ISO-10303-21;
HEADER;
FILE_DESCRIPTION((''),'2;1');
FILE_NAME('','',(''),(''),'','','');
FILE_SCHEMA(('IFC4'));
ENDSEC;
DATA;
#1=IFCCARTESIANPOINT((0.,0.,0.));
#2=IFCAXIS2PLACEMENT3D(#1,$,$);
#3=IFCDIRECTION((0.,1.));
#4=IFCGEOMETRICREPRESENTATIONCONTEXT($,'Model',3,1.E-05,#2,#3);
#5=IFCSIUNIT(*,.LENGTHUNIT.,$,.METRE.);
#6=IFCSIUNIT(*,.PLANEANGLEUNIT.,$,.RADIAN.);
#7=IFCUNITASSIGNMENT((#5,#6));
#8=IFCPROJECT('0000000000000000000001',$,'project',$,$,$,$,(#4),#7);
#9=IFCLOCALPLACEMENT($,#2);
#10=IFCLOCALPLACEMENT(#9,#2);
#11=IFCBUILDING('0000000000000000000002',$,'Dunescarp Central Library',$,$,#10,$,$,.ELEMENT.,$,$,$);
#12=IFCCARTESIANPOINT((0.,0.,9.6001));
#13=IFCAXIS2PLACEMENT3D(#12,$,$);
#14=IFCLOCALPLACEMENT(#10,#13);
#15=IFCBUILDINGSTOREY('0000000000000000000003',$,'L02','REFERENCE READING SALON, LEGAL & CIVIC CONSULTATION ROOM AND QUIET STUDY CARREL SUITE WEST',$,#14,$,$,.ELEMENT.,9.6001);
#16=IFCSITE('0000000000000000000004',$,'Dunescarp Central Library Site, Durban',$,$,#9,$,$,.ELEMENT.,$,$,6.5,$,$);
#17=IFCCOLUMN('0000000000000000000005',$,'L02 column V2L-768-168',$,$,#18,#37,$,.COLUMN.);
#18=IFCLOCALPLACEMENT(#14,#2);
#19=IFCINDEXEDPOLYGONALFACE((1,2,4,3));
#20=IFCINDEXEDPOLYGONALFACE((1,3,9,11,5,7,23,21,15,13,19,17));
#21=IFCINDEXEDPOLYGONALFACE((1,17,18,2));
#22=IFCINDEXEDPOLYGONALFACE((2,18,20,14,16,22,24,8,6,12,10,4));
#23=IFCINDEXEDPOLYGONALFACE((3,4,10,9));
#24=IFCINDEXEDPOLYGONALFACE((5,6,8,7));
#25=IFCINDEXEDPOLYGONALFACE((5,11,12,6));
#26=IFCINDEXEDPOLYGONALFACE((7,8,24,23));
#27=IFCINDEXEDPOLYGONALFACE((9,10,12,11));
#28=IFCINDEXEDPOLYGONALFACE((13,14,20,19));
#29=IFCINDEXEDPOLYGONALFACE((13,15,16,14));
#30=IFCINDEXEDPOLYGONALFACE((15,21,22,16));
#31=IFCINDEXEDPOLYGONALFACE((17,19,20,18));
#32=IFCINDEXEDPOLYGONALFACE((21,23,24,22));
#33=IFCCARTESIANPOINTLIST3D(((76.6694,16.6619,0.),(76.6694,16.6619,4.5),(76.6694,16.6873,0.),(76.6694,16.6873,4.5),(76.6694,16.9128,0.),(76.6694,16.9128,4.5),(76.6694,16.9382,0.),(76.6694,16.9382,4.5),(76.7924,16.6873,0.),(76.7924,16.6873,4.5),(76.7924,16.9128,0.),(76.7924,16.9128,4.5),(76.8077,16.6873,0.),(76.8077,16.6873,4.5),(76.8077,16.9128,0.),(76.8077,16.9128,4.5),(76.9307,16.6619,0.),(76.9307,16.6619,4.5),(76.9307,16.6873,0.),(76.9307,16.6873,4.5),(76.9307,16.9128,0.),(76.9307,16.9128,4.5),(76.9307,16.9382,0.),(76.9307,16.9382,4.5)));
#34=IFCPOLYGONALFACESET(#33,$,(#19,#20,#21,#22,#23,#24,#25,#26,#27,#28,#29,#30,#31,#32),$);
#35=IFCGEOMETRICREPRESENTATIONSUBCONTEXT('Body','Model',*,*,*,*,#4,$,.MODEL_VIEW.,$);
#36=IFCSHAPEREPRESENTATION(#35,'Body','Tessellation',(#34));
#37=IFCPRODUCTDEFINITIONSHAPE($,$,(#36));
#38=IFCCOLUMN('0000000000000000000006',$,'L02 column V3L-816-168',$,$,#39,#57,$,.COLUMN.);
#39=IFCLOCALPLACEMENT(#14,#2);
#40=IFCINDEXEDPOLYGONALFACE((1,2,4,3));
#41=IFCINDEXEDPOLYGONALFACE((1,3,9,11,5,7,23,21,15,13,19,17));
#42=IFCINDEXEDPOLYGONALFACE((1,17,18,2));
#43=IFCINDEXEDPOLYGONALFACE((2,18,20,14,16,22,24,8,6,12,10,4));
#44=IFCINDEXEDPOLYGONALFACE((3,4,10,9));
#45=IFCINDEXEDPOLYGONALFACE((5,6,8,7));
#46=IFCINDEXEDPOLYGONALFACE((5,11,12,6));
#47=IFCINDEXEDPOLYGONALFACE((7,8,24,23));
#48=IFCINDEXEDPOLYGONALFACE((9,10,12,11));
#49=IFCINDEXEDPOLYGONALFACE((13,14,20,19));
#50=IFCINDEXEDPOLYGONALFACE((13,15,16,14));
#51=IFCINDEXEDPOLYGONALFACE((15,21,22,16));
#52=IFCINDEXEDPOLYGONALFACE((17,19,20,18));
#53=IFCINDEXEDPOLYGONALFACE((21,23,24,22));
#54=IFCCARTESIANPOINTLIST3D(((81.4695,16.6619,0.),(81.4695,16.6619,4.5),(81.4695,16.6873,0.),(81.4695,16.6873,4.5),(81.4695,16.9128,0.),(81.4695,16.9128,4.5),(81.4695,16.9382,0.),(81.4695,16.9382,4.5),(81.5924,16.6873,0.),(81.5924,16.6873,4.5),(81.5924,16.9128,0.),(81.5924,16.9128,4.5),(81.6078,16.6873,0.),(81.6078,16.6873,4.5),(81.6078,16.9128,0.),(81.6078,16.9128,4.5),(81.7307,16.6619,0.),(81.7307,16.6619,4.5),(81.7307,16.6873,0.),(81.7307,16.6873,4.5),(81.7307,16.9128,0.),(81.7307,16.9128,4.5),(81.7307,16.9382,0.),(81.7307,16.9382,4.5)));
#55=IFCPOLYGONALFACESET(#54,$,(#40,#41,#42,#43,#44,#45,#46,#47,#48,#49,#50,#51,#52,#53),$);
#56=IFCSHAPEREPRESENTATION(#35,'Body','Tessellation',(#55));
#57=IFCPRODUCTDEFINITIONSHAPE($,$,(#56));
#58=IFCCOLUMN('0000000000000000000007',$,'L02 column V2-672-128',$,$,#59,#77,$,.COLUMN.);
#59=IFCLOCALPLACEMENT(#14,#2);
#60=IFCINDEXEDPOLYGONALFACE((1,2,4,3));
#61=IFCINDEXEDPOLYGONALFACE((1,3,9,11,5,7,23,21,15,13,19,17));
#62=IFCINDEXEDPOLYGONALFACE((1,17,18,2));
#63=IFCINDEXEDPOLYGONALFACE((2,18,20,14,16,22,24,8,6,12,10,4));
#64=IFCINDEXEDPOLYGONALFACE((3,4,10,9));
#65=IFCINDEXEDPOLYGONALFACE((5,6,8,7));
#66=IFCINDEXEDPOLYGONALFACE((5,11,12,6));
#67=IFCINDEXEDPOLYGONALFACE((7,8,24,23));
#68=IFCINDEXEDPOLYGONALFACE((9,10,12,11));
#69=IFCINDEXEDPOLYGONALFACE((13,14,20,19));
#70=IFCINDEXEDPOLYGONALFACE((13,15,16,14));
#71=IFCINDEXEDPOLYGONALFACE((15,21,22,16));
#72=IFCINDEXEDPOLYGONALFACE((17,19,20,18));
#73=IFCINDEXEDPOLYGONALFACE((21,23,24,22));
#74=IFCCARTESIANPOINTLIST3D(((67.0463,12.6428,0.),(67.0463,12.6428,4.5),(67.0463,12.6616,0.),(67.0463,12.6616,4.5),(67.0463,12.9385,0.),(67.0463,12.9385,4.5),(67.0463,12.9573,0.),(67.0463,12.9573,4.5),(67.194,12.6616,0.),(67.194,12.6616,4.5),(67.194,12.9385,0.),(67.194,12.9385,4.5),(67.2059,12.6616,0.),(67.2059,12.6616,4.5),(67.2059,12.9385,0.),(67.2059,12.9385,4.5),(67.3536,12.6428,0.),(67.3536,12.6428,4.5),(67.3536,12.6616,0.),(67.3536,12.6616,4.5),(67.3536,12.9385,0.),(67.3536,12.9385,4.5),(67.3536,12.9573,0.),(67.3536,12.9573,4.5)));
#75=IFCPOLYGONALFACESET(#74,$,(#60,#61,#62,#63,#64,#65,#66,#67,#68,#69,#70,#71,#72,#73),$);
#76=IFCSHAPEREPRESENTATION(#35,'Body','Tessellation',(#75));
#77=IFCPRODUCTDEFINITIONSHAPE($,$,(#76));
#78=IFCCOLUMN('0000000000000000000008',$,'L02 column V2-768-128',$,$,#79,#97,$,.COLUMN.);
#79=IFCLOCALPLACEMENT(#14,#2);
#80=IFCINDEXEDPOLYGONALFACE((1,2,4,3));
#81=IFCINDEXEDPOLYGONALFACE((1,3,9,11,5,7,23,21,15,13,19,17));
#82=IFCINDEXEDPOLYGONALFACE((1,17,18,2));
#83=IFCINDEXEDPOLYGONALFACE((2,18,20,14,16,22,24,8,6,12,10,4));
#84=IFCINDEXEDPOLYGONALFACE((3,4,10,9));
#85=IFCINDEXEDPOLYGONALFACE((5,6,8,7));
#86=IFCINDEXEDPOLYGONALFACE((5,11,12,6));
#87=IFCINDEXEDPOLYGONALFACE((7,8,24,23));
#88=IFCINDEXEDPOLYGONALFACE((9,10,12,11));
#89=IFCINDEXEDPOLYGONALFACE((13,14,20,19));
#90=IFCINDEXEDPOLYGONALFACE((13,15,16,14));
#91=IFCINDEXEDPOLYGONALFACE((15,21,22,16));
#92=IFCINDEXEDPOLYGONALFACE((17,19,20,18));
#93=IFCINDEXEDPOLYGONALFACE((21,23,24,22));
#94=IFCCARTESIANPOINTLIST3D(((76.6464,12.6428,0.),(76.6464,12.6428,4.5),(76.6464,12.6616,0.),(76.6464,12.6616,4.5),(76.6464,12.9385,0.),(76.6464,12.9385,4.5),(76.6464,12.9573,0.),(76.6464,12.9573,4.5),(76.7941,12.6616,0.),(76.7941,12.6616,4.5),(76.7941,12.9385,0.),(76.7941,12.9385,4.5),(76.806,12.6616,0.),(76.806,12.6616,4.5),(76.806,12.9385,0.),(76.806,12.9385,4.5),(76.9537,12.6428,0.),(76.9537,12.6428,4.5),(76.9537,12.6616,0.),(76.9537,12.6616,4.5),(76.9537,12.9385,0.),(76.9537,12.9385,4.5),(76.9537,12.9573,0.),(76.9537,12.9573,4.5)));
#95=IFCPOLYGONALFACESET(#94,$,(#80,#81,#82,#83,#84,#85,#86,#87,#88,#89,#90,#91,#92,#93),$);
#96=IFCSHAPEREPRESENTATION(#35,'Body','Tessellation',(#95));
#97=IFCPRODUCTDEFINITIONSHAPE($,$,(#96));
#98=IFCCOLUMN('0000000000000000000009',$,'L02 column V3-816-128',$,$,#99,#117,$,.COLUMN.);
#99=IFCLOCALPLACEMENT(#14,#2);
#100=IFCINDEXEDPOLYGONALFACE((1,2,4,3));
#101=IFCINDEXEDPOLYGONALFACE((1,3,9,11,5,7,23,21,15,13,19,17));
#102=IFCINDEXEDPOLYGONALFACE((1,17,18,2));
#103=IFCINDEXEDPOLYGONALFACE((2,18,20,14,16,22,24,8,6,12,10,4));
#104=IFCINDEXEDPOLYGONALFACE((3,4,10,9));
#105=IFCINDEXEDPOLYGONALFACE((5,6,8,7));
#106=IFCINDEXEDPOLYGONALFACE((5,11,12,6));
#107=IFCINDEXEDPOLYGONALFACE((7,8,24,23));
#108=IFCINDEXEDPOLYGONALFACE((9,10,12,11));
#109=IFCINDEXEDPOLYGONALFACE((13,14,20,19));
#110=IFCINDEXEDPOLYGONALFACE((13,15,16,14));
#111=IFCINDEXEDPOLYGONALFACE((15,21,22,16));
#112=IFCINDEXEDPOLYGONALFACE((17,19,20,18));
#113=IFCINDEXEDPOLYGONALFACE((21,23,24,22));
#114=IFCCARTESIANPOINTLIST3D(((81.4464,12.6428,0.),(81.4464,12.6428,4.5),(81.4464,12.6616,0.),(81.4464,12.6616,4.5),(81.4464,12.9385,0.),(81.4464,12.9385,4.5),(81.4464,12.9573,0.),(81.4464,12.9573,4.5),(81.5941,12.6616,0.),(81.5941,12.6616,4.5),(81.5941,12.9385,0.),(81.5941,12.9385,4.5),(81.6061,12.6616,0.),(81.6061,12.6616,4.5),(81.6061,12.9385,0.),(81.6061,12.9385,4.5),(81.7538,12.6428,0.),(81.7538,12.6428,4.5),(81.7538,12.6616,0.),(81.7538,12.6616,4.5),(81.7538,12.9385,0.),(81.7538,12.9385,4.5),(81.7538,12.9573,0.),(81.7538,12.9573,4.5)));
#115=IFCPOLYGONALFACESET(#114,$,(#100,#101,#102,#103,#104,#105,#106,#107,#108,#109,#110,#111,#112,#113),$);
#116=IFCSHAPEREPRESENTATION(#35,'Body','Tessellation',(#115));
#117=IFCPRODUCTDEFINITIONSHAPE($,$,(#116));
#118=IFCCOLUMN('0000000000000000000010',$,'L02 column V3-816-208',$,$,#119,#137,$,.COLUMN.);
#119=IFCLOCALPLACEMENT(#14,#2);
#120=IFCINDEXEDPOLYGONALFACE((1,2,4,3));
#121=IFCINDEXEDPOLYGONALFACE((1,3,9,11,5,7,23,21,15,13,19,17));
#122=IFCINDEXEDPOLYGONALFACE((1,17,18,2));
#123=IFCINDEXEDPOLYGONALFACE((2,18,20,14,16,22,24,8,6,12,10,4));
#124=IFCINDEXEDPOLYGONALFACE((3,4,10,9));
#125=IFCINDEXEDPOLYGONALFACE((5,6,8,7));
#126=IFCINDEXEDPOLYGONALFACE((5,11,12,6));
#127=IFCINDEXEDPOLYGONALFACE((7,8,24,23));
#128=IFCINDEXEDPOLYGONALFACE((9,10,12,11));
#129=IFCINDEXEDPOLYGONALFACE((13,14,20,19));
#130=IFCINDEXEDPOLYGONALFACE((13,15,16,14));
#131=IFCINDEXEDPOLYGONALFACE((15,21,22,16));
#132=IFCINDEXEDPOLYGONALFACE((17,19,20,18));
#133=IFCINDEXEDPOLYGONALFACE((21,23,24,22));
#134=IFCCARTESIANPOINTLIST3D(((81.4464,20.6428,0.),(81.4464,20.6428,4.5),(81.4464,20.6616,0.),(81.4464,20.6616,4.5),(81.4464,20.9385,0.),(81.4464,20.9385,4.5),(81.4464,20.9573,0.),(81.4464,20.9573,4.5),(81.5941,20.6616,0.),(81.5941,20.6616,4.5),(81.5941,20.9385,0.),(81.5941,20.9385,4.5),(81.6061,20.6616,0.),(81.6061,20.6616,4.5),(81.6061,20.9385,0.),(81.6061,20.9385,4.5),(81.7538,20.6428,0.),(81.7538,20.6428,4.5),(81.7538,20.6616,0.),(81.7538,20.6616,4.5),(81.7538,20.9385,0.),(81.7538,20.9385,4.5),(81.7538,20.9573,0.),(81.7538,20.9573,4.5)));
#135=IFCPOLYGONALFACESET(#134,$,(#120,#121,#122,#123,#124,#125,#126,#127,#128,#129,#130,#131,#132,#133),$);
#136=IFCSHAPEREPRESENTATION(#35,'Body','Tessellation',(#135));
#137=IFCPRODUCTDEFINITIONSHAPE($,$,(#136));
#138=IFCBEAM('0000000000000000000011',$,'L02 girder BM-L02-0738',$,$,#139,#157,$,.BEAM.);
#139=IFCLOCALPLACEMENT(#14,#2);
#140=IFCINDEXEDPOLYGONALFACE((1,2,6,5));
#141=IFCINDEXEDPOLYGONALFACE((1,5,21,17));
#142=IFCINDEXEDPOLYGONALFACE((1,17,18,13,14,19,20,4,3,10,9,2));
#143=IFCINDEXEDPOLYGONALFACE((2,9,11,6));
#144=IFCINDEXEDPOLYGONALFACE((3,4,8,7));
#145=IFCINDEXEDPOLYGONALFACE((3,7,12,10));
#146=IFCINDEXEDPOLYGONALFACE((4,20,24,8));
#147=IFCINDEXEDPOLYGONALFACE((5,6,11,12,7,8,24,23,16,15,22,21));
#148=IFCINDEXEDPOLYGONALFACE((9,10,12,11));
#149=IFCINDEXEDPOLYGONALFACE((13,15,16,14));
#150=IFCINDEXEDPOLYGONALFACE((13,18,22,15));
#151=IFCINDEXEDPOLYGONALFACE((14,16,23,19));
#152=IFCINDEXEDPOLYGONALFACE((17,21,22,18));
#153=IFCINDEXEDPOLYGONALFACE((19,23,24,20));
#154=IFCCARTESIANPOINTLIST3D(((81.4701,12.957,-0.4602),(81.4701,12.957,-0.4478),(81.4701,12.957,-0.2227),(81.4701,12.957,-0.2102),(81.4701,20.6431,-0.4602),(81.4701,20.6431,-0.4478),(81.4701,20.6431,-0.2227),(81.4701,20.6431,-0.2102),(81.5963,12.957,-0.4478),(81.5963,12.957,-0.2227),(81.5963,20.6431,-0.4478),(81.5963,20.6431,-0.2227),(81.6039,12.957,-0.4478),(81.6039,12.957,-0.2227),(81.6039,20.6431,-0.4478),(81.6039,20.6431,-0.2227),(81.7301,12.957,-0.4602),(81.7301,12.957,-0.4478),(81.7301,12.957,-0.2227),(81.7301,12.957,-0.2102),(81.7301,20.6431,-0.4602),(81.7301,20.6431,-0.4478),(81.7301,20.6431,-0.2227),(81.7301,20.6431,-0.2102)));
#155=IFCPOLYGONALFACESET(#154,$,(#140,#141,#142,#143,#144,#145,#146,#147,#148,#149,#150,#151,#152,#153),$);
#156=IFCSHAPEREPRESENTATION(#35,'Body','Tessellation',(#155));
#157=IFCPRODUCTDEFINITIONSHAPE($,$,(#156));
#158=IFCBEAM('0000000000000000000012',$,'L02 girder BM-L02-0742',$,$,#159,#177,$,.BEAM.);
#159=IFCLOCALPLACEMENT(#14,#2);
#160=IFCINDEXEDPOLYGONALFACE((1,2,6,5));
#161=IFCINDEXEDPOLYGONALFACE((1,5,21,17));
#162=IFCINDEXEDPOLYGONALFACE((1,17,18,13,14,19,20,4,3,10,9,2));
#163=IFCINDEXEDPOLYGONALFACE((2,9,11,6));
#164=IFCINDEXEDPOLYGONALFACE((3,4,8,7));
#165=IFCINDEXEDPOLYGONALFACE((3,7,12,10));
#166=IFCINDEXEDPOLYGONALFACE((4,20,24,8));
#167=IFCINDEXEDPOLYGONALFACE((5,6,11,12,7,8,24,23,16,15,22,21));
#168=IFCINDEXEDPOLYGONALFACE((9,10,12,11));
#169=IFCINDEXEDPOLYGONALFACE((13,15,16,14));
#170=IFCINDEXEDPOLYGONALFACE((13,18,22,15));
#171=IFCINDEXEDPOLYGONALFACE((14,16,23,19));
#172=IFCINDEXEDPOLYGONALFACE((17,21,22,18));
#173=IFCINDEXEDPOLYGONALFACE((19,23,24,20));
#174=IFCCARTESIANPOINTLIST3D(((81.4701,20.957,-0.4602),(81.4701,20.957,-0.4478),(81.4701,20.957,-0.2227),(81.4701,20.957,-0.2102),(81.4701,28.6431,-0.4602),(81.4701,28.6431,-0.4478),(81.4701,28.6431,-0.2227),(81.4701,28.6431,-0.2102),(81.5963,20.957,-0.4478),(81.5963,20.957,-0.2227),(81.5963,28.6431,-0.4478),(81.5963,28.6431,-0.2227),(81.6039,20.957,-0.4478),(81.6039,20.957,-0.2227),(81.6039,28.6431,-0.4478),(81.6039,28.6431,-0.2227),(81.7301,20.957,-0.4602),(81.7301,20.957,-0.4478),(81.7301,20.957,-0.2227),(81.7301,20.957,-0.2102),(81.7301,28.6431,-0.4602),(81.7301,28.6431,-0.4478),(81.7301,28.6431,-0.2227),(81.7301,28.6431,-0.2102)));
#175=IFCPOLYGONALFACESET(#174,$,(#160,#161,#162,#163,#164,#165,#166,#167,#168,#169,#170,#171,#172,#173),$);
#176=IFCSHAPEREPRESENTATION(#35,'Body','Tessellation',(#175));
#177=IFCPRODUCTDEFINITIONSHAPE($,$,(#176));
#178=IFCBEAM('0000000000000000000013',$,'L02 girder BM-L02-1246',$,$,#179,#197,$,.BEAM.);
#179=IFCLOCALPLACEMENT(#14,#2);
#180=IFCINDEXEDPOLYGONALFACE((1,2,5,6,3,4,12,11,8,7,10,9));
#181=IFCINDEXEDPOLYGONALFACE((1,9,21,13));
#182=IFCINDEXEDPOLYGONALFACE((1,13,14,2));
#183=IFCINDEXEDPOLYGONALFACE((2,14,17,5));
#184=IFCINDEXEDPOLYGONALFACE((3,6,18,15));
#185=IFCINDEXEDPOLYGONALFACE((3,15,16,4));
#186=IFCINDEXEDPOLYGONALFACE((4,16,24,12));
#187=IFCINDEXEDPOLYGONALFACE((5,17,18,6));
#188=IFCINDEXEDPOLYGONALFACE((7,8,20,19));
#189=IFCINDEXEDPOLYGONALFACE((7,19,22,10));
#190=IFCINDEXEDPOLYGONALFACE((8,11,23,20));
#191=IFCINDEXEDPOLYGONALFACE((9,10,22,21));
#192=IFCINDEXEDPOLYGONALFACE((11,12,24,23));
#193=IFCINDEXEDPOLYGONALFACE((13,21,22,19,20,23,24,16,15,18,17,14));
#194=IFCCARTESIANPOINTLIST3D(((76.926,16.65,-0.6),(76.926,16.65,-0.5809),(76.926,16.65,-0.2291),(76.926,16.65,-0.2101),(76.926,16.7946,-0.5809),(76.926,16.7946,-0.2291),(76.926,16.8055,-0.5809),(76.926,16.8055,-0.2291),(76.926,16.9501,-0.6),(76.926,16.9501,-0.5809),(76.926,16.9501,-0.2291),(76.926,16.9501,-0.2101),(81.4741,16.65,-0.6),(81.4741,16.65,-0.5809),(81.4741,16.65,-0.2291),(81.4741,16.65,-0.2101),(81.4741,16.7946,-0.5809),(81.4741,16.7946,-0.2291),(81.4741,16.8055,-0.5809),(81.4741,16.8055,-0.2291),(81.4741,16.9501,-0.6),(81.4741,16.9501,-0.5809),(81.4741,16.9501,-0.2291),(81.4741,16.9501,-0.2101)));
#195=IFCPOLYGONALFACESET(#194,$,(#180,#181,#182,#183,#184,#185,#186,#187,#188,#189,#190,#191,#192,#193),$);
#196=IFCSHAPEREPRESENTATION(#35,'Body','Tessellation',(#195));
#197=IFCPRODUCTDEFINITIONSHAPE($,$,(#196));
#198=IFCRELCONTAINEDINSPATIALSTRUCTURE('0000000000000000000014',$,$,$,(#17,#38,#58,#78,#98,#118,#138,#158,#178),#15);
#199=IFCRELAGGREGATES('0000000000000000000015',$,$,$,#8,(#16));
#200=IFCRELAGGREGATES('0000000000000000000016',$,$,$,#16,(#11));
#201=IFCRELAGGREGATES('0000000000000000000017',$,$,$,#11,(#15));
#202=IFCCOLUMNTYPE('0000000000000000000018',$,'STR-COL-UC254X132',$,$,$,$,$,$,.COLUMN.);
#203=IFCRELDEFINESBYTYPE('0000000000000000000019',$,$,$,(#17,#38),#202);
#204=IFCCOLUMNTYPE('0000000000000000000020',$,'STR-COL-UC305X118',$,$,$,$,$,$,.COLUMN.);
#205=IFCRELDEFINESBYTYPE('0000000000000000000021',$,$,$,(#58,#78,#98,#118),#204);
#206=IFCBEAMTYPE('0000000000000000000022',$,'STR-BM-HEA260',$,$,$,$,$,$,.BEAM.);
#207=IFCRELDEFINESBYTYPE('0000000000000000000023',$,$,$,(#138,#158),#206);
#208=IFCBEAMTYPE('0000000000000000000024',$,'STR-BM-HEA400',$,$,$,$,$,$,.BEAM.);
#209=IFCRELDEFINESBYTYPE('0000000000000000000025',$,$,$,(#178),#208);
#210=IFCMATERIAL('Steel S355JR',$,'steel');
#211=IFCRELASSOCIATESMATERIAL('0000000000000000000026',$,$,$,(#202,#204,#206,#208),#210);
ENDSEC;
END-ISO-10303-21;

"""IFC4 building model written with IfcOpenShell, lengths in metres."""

from ifc_helpers import new_model, si_unit, direction, frame, origin, origin_2d, place, context, subcontext, project, spatial, i_section, extrude, material, material_profile, profile_set, type_object, element, save


model = new_model("IFC4")

# Units and contexts
model_context = context("Model", 3, precision=1e-05, world=origin(), true_north=direction((0.0, 1.0)))
body_context = subcontext(model_context, "Body", "Model", "MODEL_VIEW")
ifc_project = project(units=[si_unit("LENGTHUNIT", "METRE"), si_unit("PLANEANGLEUNIT", "RADIAN")], contexts=[model_context])

# Site, building, storey
site_placement = place(None, origin())
site = spatial("IfcSite", under=ifc_project, at=site_placement, Name="Dunescarp Central Library Site, Durban", CompositionType="ELEMENT", RefElevation=6.5)
building_placement = place(site_placement, origin())
building = spatial("IfcBuilding", under=site, at=building_placement, Name="Dunescarp Central Library", CompositionType="ELEMENT")
storey_placement = place(building_placement, frame((0.0, 0.0, 9.6001)))
storey = spatial("IfcBuildingStorey", under=building, at=storey_placement, Name="L02", Description="REFERENCE READING SALON, LEGAL & CIVIC CONSULTATION ROOM AND QUIET STUDY CARREL SUITE WEST", CompositionType="ELEMENT", Elevation=9.6001)

# Columns
ifc_material_1 = material(Name="Steel S355JR", Category="steel")
ifc_material_profile_1 = material_profile(ifc_material_1, i_section(OverallWidth=0.2612, OverallDepth=0.2764, WebThickness=0.0154, FlangeThickness=0.0254, at=origin_2d()), Name="UC 254x254x132")
ifc_profile_set_1 = profile_set([ifc_material_profile_1], Name="Steel S355JR")
column_type_1 = type_object("IfcColumnType", Name="STR-COL-UC254X132", PredefinedType="COLUMN", material=ifc_profile_set_1)
for number, where, z_axis, x_axis, name in (
    (1, (76.8, 16.8, 0.0), (0.0, 0.0, 1.0), (1.0, 0.0, 0.0), "L02 column V2L-768-168"),
    (2, (81.6001, 16.8, 0.0), (0.0, 0.0, 1.0), (1.0, 0.0, 0.0), "L02 column V3L-816-168"),
):
    element("IfcColumn", number, at=place(storey_placement, frame(where, z_axis=z_axis, x_axis=x_axis)), inside=storey, type_object=column_type_1, Name=name, PredefinedType="COLUMN", context=body_context, shape_type="SweptSolid", body=[
        extrude(i_section(OverallWidth=0.2612, OverallDepth=0.2764, WebThickness=0.0154, FlangeThickness=0.0254, at=origin_2d()), origin(), (0.0, 0.0, 1.0), 4.5),
    ])
ifc_material_profile_2 = material_profile(ifc_material_1, i_section(OverallWidth=0.3074, OverallDepth=0.3145, WebThickness=0.012, FlangeThickness=0.0188, at=origin_2d()), Name="UC 305x305x118")
ifc_profile_set_2 = profile_set([ifc_material_profile_2], Name="Steel S355JR")
column_type_2 = type_object("IfcColumnType", Name="STR-COL-UC305X118", PredefinedType="COLUMN", material=ifc_profile_set_2)
for number, where, z_axis, x_axis, name in (
    (3, (67.2, 12.8, 0.0), (0.0, 0.0, 1.0), (1.0, 0.0, 0.0), "L02 column V2-672-128"),
    (4, (76.8, 12.8, 0.0), (0.0, 0.0, 1.0), (1.0, 0.0, 0.0), "L02 column V2-768-128"),
    (5, (81.6001, 12.8, 0.0), (0.0, 0.0, 1.0), (1.0, 0.0, 0.0), "L02 column V3-816-128"),
    (6, (81.6001, 20.8, 0.0), (0.0, 0.0, 1.0), (1.0, 0.0, 0.0), "L02 column V3-816-208"),
):
    element("IfcColumn", number, at=place(storey_placement, frame(where, z_axis=z_axis, x_axis=x_axis)), inside=storey, type_object=column_type_2, Name=name, PredefinedType="COLUMN", context=body_context, shape_type="SweptSolid", body=[
        extrude(i_section(OverallWidth=0.3074, OverallDepth=0.3145, WebThickness=0.012, FlangeThickness=0.0188, at=origin_2d()), origin(), (0.0, 0.0, 1.0), 4.5),
    ])

# Beams
ifc_material_profile_3 = material_profile(ifc_material_1, i_section(OverallWidth=0.26, OverallDepth=0.25, WebThickness=0.0076, FlangeThickness=0.0125, at=origin_2d()), Name="HEA 260")
ifc_profile_set_3 = profile_set([ifc_material_profile_3], Name="Steel S355JR")
beam_type_1 = type_object("IfcBeamType", Name="STR-BM-HEA260", PredefinedType="BEAM", material=ifc_profile_set_3)
for number, where, z_axis, x_axis, name in (
    (7, (81.6001, 12.957, -0.3352), (0.0, 1.0, 0.0), (-1.0, 0.0, 0.0), "L02 girder BM-L02-0738"),
    (8, (81.6001, 20.957, -0.3352), (0.0, 1.0, 0.0), (-1.0, 0.0, 0.0), "L02 girder BM-L02-0742"),
):
    element("IfcBeam", number, at=place(storey_placement, frame(where, z_axis=z_axis, x_axis=x_axis)), inside=storey, type_object=beam_type_1, Name=name, PredefinedType="BEAM", context=body_context, shape_type="SweptSolid", body=[
        extrude(i_section(OverallWidth=0.26, OverallDepth=0.25, WebThickness=0.0076, FlangeThickness=0.0125, at=origin_2d()), origin(), (0.0, 0.0, 1.0), 7.686),
    ])
ifc_material_profile_4 = material_profile(ifc_material_1, i_section(OverallWidth=0.3, OverallDepth=0.3899, WebThickness=0.011, FlangeThickness=0.019, at=origin_2d()), Name="HEA 400")
ifc_profile_set_4 = profile_set([ifc_material_profile_4], Name="Steel S355JR")
beam_type_2 = type_object("IfcBeamType", Name="STR-BM-HEA400", PredefinedType="BEAM", material=ifc_profile_set_4)
beam_1_placement = place(storey_placement, frame((76.926, 16.8, -0.405), z_axis=(1.0, 0.0, 0.0), x_axis=(0.0, 1.0, 0.0)))
element("IfcBeam", 9, at=beam_1_placement, inside=storey, type_object=beam_type_2, Name="L02 girder BM-L02-1246", PredefinedType="BEAM", context=body_context, shape_type="SweptSolid", body=[
    extrude(i_section(OverallWidth=0.3, OverallDepth=0.3899, WebThickness=0.011, FlangeThickness=0.019, at=origin_2d()), origin(), (0.0, 0.0, 1.0), 4.5481),
])

save(model, "model.ifc")
